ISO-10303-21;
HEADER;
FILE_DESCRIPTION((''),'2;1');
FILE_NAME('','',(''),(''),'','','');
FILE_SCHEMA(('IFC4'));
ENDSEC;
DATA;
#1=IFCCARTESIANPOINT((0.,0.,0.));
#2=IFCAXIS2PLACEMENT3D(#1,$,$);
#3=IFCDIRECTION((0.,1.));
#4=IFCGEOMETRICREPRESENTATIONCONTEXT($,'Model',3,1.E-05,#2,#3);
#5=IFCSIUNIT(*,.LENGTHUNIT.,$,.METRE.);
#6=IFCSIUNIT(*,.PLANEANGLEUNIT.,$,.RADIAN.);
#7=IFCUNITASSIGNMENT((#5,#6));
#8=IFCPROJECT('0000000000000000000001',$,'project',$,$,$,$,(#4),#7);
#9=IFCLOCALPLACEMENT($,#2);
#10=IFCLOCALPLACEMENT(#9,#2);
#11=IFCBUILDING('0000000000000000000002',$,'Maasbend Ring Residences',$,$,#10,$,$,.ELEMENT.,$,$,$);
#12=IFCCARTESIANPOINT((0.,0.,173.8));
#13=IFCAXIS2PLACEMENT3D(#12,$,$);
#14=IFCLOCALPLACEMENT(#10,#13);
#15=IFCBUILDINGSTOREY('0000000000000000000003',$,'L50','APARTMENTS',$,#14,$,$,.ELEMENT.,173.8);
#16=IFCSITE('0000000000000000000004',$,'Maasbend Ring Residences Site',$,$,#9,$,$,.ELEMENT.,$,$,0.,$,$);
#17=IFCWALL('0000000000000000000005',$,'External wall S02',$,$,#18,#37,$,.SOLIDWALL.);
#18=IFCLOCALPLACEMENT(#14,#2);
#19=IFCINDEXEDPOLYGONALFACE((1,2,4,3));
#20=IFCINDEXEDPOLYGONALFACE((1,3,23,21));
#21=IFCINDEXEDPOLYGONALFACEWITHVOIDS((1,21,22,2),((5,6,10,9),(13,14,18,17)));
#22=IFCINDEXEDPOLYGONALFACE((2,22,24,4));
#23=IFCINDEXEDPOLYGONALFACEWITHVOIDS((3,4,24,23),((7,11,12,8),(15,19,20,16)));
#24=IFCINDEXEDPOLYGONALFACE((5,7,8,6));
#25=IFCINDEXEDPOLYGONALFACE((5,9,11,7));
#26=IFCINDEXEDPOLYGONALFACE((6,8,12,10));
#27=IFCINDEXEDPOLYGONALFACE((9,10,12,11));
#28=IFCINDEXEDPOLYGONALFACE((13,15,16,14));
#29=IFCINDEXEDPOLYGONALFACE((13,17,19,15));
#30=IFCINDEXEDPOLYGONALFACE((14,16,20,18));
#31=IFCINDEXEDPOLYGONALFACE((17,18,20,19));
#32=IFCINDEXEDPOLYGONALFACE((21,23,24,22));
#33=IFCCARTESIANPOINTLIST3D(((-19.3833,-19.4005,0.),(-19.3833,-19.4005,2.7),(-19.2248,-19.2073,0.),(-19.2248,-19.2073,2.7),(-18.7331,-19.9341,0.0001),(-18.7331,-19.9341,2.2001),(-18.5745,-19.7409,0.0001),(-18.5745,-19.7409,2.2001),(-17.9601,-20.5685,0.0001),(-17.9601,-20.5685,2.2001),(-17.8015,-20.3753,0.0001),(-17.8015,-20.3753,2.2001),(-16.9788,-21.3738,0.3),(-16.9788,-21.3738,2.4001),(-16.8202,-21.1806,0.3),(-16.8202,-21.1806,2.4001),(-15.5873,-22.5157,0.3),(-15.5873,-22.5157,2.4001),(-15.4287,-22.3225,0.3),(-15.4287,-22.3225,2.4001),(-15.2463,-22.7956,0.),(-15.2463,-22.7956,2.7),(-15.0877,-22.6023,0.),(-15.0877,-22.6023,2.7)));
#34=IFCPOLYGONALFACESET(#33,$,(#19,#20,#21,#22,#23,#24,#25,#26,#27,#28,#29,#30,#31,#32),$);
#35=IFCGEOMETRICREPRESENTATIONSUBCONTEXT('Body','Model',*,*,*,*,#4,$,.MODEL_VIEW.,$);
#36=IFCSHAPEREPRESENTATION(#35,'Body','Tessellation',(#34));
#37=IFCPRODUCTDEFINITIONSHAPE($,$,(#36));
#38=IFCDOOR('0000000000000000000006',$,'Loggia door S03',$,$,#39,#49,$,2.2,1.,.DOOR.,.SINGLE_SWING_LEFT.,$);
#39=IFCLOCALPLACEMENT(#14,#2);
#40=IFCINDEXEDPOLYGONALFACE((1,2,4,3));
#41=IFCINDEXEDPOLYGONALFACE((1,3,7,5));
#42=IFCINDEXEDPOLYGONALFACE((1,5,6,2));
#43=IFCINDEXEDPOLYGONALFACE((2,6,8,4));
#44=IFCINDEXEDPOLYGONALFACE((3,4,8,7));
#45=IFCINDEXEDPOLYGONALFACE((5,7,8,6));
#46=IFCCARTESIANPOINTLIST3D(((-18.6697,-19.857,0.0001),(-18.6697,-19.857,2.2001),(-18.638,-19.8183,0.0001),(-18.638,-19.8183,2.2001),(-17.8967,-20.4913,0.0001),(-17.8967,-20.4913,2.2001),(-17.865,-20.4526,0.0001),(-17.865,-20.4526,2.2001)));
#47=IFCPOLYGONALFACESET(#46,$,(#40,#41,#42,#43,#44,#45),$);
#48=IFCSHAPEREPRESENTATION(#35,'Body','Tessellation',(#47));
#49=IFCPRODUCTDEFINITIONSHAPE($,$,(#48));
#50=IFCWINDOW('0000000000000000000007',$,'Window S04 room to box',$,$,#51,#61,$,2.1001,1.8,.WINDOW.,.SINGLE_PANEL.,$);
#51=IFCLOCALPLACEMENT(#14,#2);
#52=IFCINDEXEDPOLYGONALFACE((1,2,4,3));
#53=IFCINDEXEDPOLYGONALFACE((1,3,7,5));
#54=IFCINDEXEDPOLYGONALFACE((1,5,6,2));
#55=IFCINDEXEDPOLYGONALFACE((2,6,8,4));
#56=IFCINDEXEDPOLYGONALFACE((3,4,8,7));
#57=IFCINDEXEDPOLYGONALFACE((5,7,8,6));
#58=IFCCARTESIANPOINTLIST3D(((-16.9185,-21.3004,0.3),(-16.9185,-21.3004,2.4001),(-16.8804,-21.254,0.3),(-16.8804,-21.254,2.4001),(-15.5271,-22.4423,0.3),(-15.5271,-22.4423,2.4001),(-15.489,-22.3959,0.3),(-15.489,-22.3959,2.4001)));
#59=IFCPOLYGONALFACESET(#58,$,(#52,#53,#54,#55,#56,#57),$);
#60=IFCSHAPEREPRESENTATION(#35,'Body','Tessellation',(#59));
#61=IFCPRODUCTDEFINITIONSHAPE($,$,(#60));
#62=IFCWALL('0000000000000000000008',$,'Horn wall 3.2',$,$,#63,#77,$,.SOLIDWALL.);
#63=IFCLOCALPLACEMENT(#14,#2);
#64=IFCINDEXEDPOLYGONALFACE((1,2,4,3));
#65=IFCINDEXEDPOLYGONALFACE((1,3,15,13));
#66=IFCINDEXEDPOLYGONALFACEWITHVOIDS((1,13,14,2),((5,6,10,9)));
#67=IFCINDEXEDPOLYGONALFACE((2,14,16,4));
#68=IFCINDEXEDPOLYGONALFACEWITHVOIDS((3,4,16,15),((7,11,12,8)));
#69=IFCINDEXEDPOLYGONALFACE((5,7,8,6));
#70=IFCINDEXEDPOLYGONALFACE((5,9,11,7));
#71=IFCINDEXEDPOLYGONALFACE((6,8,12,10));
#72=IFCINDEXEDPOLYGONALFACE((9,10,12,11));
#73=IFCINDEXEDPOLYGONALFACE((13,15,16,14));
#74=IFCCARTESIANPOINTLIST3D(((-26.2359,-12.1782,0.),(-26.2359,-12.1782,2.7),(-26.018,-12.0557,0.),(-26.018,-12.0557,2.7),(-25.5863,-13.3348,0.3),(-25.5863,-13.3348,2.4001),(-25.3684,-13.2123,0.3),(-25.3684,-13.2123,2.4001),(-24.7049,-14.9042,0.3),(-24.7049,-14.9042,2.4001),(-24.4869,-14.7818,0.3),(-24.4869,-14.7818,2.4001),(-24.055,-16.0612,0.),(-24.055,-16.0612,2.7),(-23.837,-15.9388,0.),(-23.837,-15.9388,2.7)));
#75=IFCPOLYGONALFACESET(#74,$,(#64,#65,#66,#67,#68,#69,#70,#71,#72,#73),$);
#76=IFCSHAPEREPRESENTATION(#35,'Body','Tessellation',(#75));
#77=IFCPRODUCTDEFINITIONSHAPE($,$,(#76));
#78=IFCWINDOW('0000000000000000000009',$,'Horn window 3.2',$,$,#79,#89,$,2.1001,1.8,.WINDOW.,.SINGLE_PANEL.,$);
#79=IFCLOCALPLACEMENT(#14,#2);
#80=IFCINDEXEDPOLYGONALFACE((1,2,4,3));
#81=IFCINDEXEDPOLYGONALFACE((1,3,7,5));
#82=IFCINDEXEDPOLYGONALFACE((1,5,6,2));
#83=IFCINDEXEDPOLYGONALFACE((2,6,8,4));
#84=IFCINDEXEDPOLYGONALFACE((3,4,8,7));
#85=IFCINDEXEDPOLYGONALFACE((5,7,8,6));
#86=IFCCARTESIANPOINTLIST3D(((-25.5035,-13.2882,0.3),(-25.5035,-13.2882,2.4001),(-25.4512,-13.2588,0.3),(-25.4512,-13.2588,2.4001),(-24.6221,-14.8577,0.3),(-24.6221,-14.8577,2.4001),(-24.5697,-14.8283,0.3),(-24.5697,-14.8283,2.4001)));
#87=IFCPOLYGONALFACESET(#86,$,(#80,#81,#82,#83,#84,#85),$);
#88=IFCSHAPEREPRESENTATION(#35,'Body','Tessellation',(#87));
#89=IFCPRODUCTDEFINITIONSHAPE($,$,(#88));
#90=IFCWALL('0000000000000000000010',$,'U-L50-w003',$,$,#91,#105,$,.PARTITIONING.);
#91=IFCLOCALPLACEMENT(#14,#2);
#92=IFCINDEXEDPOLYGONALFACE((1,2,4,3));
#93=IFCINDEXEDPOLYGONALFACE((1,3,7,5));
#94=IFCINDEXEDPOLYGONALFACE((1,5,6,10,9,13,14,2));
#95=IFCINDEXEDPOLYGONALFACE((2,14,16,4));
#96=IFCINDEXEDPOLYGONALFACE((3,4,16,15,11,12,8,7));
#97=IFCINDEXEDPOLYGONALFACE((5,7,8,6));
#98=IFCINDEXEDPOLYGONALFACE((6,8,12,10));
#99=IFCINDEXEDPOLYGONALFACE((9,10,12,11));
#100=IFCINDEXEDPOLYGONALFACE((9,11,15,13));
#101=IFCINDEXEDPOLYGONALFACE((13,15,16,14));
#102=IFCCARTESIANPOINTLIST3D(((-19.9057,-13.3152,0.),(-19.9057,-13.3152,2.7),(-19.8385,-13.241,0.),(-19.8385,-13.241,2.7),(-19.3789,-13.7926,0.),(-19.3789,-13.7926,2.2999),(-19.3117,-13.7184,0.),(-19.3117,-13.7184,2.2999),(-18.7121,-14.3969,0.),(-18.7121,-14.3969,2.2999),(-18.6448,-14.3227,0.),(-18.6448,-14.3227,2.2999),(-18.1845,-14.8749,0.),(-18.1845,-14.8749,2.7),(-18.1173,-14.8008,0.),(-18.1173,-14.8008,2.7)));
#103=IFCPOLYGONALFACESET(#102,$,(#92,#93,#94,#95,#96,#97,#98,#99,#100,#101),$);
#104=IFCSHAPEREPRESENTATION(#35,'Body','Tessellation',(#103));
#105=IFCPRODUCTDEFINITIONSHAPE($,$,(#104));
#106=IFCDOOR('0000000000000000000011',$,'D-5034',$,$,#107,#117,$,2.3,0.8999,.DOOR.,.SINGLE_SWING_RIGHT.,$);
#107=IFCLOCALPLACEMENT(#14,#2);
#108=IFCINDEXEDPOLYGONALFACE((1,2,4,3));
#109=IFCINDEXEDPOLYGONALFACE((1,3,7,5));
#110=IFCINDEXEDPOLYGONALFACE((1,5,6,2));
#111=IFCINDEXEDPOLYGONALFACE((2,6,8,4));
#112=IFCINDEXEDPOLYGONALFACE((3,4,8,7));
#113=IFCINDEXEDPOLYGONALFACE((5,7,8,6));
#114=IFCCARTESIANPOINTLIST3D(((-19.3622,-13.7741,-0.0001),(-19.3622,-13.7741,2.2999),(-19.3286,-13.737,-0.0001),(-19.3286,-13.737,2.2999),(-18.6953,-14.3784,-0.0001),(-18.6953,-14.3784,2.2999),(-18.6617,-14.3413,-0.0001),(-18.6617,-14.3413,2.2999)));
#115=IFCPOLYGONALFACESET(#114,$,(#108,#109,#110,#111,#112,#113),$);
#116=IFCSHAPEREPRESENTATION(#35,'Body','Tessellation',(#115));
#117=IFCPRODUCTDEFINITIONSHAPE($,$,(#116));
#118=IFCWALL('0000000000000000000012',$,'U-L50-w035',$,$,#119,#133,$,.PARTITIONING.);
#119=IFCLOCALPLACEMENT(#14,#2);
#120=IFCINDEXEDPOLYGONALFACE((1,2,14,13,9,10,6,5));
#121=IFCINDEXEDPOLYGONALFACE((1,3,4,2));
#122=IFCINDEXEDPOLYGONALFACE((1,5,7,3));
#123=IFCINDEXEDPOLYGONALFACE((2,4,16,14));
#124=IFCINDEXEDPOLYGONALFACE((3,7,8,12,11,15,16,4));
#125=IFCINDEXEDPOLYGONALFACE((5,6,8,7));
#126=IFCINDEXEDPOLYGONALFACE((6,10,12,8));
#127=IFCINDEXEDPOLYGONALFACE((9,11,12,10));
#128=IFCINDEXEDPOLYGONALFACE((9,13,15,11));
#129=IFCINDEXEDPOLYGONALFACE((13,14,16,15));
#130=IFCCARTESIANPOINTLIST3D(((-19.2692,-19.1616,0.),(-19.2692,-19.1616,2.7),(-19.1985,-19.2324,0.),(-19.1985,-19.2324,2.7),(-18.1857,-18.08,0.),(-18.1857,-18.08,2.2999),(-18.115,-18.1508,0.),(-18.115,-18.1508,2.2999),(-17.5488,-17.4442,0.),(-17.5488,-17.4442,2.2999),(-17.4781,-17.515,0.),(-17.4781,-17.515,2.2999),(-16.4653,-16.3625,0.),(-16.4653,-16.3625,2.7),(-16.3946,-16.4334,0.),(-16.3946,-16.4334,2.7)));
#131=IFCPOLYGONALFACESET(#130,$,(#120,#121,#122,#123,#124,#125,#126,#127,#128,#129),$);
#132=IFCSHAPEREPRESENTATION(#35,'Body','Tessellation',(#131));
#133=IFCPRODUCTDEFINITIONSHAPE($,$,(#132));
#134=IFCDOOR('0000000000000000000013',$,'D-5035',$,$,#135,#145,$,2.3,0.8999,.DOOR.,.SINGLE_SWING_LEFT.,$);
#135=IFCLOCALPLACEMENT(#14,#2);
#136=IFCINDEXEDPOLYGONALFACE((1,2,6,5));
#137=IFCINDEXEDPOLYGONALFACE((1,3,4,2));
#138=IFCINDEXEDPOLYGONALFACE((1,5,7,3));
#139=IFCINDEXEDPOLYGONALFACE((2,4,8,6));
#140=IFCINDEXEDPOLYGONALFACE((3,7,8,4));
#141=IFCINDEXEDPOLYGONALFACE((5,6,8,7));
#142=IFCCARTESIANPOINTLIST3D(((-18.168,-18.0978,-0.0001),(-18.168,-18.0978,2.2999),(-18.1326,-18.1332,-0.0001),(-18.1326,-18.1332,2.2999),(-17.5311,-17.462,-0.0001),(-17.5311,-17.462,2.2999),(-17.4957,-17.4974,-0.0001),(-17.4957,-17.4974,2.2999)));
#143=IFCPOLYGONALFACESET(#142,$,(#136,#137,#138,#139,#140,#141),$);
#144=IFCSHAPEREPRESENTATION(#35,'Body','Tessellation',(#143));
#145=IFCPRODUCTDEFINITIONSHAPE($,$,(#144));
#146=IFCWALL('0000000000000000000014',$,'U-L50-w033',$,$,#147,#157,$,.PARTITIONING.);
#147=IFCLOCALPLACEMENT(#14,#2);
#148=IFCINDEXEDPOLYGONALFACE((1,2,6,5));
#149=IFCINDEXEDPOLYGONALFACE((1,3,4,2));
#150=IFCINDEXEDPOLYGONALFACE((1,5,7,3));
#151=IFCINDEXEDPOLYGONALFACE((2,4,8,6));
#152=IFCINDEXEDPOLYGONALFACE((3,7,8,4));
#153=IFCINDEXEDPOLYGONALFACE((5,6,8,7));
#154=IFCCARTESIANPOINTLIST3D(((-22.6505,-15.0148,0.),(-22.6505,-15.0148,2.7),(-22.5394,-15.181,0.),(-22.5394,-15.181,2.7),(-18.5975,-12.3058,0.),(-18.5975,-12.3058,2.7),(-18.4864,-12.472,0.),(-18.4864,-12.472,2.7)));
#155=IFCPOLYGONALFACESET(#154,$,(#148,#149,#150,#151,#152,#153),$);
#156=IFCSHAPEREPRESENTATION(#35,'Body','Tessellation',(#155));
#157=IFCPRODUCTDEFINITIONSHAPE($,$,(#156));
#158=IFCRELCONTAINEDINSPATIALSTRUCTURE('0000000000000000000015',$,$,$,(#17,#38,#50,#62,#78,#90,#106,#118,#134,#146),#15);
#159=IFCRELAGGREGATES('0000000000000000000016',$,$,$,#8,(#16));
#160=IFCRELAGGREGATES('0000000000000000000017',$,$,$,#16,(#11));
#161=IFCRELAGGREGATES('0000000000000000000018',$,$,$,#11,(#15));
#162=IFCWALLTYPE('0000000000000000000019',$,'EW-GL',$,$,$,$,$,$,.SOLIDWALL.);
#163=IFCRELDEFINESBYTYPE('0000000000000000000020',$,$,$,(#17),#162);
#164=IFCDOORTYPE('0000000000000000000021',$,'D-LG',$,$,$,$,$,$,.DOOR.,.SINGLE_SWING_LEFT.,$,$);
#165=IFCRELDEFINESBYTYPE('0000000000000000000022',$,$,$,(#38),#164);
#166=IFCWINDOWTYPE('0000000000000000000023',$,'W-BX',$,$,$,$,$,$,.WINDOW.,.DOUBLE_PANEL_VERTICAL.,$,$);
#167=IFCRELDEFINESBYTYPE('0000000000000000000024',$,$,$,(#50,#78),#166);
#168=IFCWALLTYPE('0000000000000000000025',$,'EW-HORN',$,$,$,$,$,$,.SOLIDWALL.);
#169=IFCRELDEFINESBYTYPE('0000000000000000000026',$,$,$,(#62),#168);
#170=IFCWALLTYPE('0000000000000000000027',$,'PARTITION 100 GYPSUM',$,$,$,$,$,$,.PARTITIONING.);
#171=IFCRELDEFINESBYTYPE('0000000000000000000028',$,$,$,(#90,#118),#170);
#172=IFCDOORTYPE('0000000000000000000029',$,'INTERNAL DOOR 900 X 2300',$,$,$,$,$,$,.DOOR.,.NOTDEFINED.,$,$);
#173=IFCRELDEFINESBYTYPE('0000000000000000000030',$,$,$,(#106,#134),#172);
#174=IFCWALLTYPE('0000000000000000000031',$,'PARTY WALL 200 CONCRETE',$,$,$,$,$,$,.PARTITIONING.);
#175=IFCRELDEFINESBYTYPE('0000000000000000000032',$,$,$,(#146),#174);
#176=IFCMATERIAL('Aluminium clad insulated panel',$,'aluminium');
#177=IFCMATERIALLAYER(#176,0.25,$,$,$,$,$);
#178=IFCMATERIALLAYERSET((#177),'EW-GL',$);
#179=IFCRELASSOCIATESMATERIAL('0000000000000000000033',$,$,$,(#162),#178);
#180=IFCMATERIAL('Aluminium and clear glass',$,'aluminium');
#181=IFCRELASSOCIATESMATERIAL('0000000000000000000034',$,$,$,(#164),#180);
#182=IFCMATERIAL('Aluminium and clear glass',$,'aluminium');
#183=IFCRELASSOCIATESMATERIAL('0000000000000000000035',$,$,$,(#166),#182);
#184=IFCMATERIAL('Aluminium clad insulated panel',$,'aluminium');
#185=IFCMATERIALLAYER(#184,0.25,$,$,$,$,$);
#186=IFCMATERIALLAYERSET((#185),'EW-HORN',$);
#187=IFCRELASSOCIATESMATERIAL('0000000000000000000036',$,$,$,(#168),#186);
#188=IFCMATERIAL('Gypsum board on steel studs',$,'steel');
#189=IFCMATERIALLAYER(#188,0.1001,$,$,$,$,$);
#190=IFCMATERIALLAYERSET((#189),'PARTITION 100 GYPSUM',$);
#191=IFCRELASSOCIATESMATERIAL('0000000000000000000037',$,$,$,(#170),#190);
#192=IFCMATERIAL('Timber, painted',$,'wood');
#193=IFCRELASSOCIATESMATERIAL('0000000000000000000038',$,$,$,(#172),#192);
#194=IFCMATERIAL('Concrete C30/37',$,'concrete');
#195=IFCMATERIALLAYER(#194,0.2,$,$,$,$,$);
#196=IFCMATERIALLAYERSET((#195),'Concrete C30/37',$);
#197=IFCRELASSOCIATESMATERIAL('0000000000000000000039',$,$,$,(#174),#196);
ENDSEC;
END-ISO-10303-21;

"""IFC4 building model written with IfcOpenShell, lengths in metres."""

from ifc_helpers import new_model, si_unit, direction, frame, frame_2d, origin, place, context, subcontext, project, spatial, rectangle, extrude, material, layer, layer_set, type_object, element, fill, save


model = new_model("IFC4")

# Units and contexts
model_context = context("Model", 3, precision=1e-05, world=origin(), true_north=direction((0.0, 1.0)))
body_context = subcontext(model_context, "Body", "Model", "MODEL_VIEW")
ifc_project = project(units=[si_unit("LENGTHUNIT", "METRE"), si_unit("PLANEANGLEUNIT", "RADIAN")], contexts=[model_context])

# Site, building, storey
site_placement = place(None, origin())
site = spatial("IfcSite", under=ifc_project, at=site_placement, Name="Maasbend Ring Residences Site", CompositionType="ELEMENT", RefElevation=0.0)
building_placement = place(site_placement, origin())
building = spatial("IfcBuilding", under=site, at=building_placement, Name="Maasbend Ring Residences", CompositionType="ELEMENT")
storey_placement = place(building_placement, frame((0.0, 0.0, 173.8)))
storey = spatial("IfcBuildingStorey", under=building, at=storey_placement, Name="L50", Description="APARTMENTS", CompositionType="ELEMENT", Elevation=173.8)

# Wall, openings, door, window
ifc_material_1 = material(Name="Aluminium clad insulated panel", Category="aluminium")
ifc_layer_1 = layer(ifc_material_1, 0.25)
ifc_layer_set_1 = layer_set([ifc_layer_1], Name="EW-GL")
wall_type_1 = type_object("IfcWallType", Name="EW-GL", PredefinedType="SOLIDWALL", material=ifc_layer_set_1)
ifc_material_2 = material(Name="Aluminium and clear glass", Category="aluminium")
door_type_1 = type_object("IfcDoorType", Name="D-LG", OperationType="SINGLE_SWING_LEFT", PredefinedType="DOOR", material=ifc_material_2)
ifc_material_3 = material(Name="Aluminium and clear glass", Category="aluminium")
window_type_1 = type_object("IfcWindowType", Name="W-BX", PartitioningType="DOUBLE_PANEL_VERTICAL", PredefinedType="WINDOW", material=ifc_material_3)
wall_1_placement = place(storey_placement, frame((-19.304, -19.304, 0.0), z_axis=(0.0, 0.0, 1.0), x_axis=(0.773019, -0.634382, 0.0)))
wall_1 = element("IfcWall", 1, at=wall_1_placement, inside=storey, type_object=wall_type_1, Name="External wall S02", PredefinedType="SOLIDWALL", context=body_context, shape_type="SweptSolid", body=[
    extrude(rectangle(XDim=5.3518, YDim=0.25, at=frame_2d((2.6758, 0.0))), origin(), (0.0, 0.0, 1.0), 2.7),
])
opening_1_placement = place(wall_1_placement, frame((0.8411, 0.0, 0.0)))
opening_1 = element("IfcOpeningElement", 2, at=opening_1_placement, cuts=wall_1, PredefinedType="OPENING", context=body_context, shape_type="SweptSolid", body=[
    extrude(rectangle(XDim=1.0, YDim=2.2, at=frame_2d((0.5, 1.1001))), frame((0.0, 0.135, 0.0), z_axis=(0.0, -1.0, 0.0), x_axis=(1.0, 0.0, 0.0)), (0.0, 0.0, 1.0), 0.27),
])
opening_2_placement = place(wall_1_placement, frame((3.1106, 0.0, 0.3)))
opening_2 = element("IfcOpeningElement", 3, at=opening_2_placement, cuts=wall_1, PredefinedType="OPENING", context=body_context, shape_type="SweptSolid", body=[
    extrude(rectangle(XDim=1.8, YDim=2.1001, at=frame_2d((0.8999, 1.05))), frame((0.0, 0.135, 0.0), z_axis=(0.0, -1.0, 0.0), x_axis=(1.0, 0.0, 0.0)), (0.0, 0.0, 1.0), 0.27),
])
door_1_placement = place(opening_1_placement, origin())
door_1 = element("IfcDoor", 4, at=door_1_placement, inside=storey, type_object=door_type_1, Name="Loggia door S03", OperationType="SINGLE_SWING_LEFT", OverallHeight=2.2, OverallWidth=1.0, PredefinedType="DOOR", context=body_context, shape_type="SweptSolid", body=[
    extrude(rectangle(XDim=1.0, YDim=2.2, at=frame_2d((0.5, 1.1001))), frame((0.0, 0.0249, 0.0), z_axis=(0.0, -1.0, 0.0), x_axis=(1.0, 0.0, 0.0)), (0.0, 0.0, 1.0), 0.05),
])
fill(opening_1, door_1)
window_1_placement = place(opening_2_placement, origin())
window_1 = element("IfcWindow", 5, at=window_1_placement, inside=storey, type_object=window_type_1, Name="Window S04 room to box", OverallHeight=2.1001, OverallWidth=1.8, PartitioningType="SINGLE_PANEL", PredefinedType="WINDOW", context=body_context, shape_type="SweptSolid", body=[
    extrude(rectangle(XDim=1.8, YDim=2.1001, at=frame_2d((0.8999, 1.05))), frame((0.0, 0.03, 0.0), z_axis=(0.0, -1.0, 0.0), x_axis=(1.0, 0.0, 0.0)), (0.0, 0.0, 1.0), 0.0601),
])
fill(opening_2, window_1)

# Wall, opening, window
ifc_material_4 = material(Name="Aluminium clad insulated panel", Category="aluminium")
ifc_layer_2 = layer(ifc_material_4, 0.25)
ifc_layer_set_2 = layer_set([ifc_layer_2], Name="EW-HORN")
wall_type_2 = type_object("IfcWallType", Name="EW-HORN", PredefinedType="SOLIDWALL", material=ifc_layer_set_2)
wall_2_placement = place(storey_placement, frame((-26.127, -12.1169, 0.0), z_axis=(0.0, 0.0, 1.0), x_axis=(0.489696, -0.871893, 0.0)))
wall_2 = element("IfcWall", 6, at=wall_2_placement, inside=storey, type_object=wall_type_2, Name="Horn wall 3.2", PredefinedType="SOLIDWALL", context=body_context, shape_type="SweptSolid", body=[
    extrude(rectangle(XDim=4.4536, YDim=0.25, at=frame_2d((2.2268, 0.0))), origin(), (0.0, 0.0, 1.0), 2.7),
])
opening_3_placement = place(wall_2_placement, frame((1.3267, 0.0, 0.3)))
opening_3 = element("IfcOpeningElement", 7, at=opening_3_placement, cuts=wall_2, PredefinedType="OPENING", context=body_context, shape_type="SweptSolid", body=[
    extrude(rectangle(XDim=1.8, YDim=2.1001, at=frame_2d((0.8999, 1.05))), frame((0.0, 0.135, 0.0), z_axis=(0.0, -1.0, 0.0), x_axis=(1.0, 0.0, 0.0)), (0.0, 0.0, 1.0), 0.27),
])
window_2_placement = place(opening_3_placement, origin())
window_2 = element("IfcWindow", 8, at=window_2_placement, inside=storey, type_object=window_type_1, Name="Horn window 3.2", OverallHeight=2.1001, OverallWidth=1.8, PartitioningType="SINGLE_PANEL", PredefinedType="WINDOW", context=body_context, shape_type="SweptSolid", body=[
    extrude(rectangle(XDim=1.8, YDim=2.1001, at=frame_2d((0.8999, 1.05))), frame((0.0, 0.03, 0.0), z_axis=(0.0, -1.0, 0.0), x_axis=(1.0, 0.0, 0.0)), (0.0, 0.0, 1.0), 0.0601),
])
fill(opening_3, window_2)

# Walls, openings, doors
ifc_material_5 = material(Name="Gypsum board on steel studs", Category="steel")
ifc_layer_3 = layer(ifc_material_5, 0.1001)
ifc_layer_set_3 = layer_set([ifc_layer_3], Name="PARTITION 100 GYPSUM")
wall_type_3 = type_object("IfcWallType", Name="PARTITION 100 GYPSUM", PredefinedType="PARTITIONING", material=ifc_layer_set_3)
wall_3_placement = place(storey_placement, frame((-19.8721, -13.2781, 0.0), z_axis=(0.0, 0.0, 1.0), x_axis=(0.74099, -0.671516, 0.0)))
wall_3 = element("IfcWall", 9, at=wall_3_placement, inside=storey, type_object=wall_type_3, Name="U-L50-w003", PredefinedType="PARTITIONING", context=body_context, shape_type="SweptSolid", body=[
    extrude(rectangle(XDim=2.3228, YDim=0.1001, at=frame_2d((1.1614, 0.0))), origin(), (0.0, 0.0, 1.0), 2.7),
])
opening_4_placement = place(wall_3_placement, frame((0.7109, 0.0, 0.0)))
opening_4 = element("IfcOpeningElement", 10, at=opening_4_placement, cuts=wall_3, PredefinedType="OPENING", context=body_context, shape_type="SweptSolid", body=[
    extrude(rectangle(XDim=0.8999, YDim=2.3, at=frame_2d((0.45, 1.1499))), frame((0.0, 0.0601, 0.0), z_axis=(0.0, -1.0, 0.0), x_axis=(1.0, 0.0, 0.0)), (0.0, 0.0, 1.0), 0.1201),
])
ifc_material_6 = material(Name="Timber, painted", Category="wood")
door_type_2 = type_object("IfcDoorType", Name="INTERNAL DOOR 900 X 2300", OperationType="NOTDEFINED", PredefinedType="DOOR", material=ifc_material_6)
door_2_placement = place(opening_4_placement, origin())
door_2 = element("IfcDoor", 11, at=door_2_placement, inside=storey, type_object=door_type_2, Name="D-5034", OperationType="SINGLE_SWING_RIGHT", OverallHeight=2.3, OverallWidth=0.8999, PredefinedType="DOOR", context=body_context, shape_type="SweptSolid", body=[
    extrude(rectangle(XDim=0.8999, YDim=2.3, at=frame_2d((0.45, 1.1499))), frame((0.0, 0.0249, 0.0), z_axis=(0.0, -1.0, 0.0), x_axis=(1.0, 0.0, 0.0)), (0.0, 0.0, 1.0), 0.05),
])
fill(opening_4, door_2)
wall_4_placement = place(storey_placement, frame((-19.2339, -19.197, 0.0), z_axis=(0.0, 0.0, 1.0), x_axis=(0.707723, 0.70649, 0.0)))
wall_4 = element("IfcWall", 12, at=wall_4_placement, inside=storey, type_object=wall_type_3, Name="U-L50-w035", PredefinedType="PARTITIONING", context=body_context, shape_type="SweptSolid", body=[
    extrude(rectangle(XDim=3.9619, YDim=0.1001, at=frame_2d((1.981, 0.0))), origin(), (0.0, 0.0, 1.0), 2.7),
])
opening_5_placement = place(wall_4_placement, frame((1.531, 0.0, 0.0)))
opening_5 = element("IfcOpeningElement", 13, at=opening_5_placement, cuts=wall_4, PredefinedType="OPENING", context=body_context, shape_type="SweptSolid", body=[
    extrude(rectangle(XDim=0.8999, YDim=2.3, at=frame_2d((0.45, 1.1499))), frame((0.0, 0.0601, 0.0), z_axis=(0.0, -1.0, 0.0), x_axis=(1.0, 0.0, 0.0)), (0.0, 0.0, 1.0), 0.1201),
])
door_3_placement = place(opening_5_placement, origin())
door_3 = element("IfcDoor", 14, at=door_3_placement, inside=storey, type_object=door_type_2, Name="D-5035", OperationType="SINGLE_SWING_LEFT", OverallHeight=2.3, OverallWidth=0.8999, PredefinedType="DOOR", context=body_context, shape_type="SweptSolid", body=[
    extrude(rectangle(XDim=0.8999, YDim=2.3, at=frame_2d((0.45, 1.1499))), frame((0.0, 0.0249, 0.0), z_axis=(0.0, -1.0, 0.0), x_axis=(1.0, 0.0, 0.0)), (0.0, 0.0, 1.0), 0.05),
])
fill(opening_5, door_3)

# Wall
ifc_material_7 = material(Name="Concrete C30/37", Category="concrete")
ifc_layer_4 = layer(ifc_material_7, 0.2)
ifc_layer_set_4 = layer_set([ifc_layer_4], Name="Concrete C30/37")
wall_type_4 = type_object("IfcWallType", Name="PARTY WALL 200 CONCRETE", PredefinedType="PARTITIONING", material=ifc_layer_set_4)
wall_5_placement = place(storey_placement, frame((-22.595, -15.0979, 0.0), z_axis=(0.0, 0.0, 1.0), x_axis=(0.831387, 0.555694, 0.0)))
element("IfcWall", 15, at=wall_5_placement, inside=storey, type_object=wall_type_4, Name="U-L50-w033", PredefinedType="PARTITIONING", context=body_context, shape_type="SweptSolid", body=[
    extrude(rectangle(XDim=4.875, YDim=0.2, at=frame_2d((2.4375, 0.0))), origin(), (0.0, 0.0, 1.0), 2.7),
])

save(model, "model.ifc")
